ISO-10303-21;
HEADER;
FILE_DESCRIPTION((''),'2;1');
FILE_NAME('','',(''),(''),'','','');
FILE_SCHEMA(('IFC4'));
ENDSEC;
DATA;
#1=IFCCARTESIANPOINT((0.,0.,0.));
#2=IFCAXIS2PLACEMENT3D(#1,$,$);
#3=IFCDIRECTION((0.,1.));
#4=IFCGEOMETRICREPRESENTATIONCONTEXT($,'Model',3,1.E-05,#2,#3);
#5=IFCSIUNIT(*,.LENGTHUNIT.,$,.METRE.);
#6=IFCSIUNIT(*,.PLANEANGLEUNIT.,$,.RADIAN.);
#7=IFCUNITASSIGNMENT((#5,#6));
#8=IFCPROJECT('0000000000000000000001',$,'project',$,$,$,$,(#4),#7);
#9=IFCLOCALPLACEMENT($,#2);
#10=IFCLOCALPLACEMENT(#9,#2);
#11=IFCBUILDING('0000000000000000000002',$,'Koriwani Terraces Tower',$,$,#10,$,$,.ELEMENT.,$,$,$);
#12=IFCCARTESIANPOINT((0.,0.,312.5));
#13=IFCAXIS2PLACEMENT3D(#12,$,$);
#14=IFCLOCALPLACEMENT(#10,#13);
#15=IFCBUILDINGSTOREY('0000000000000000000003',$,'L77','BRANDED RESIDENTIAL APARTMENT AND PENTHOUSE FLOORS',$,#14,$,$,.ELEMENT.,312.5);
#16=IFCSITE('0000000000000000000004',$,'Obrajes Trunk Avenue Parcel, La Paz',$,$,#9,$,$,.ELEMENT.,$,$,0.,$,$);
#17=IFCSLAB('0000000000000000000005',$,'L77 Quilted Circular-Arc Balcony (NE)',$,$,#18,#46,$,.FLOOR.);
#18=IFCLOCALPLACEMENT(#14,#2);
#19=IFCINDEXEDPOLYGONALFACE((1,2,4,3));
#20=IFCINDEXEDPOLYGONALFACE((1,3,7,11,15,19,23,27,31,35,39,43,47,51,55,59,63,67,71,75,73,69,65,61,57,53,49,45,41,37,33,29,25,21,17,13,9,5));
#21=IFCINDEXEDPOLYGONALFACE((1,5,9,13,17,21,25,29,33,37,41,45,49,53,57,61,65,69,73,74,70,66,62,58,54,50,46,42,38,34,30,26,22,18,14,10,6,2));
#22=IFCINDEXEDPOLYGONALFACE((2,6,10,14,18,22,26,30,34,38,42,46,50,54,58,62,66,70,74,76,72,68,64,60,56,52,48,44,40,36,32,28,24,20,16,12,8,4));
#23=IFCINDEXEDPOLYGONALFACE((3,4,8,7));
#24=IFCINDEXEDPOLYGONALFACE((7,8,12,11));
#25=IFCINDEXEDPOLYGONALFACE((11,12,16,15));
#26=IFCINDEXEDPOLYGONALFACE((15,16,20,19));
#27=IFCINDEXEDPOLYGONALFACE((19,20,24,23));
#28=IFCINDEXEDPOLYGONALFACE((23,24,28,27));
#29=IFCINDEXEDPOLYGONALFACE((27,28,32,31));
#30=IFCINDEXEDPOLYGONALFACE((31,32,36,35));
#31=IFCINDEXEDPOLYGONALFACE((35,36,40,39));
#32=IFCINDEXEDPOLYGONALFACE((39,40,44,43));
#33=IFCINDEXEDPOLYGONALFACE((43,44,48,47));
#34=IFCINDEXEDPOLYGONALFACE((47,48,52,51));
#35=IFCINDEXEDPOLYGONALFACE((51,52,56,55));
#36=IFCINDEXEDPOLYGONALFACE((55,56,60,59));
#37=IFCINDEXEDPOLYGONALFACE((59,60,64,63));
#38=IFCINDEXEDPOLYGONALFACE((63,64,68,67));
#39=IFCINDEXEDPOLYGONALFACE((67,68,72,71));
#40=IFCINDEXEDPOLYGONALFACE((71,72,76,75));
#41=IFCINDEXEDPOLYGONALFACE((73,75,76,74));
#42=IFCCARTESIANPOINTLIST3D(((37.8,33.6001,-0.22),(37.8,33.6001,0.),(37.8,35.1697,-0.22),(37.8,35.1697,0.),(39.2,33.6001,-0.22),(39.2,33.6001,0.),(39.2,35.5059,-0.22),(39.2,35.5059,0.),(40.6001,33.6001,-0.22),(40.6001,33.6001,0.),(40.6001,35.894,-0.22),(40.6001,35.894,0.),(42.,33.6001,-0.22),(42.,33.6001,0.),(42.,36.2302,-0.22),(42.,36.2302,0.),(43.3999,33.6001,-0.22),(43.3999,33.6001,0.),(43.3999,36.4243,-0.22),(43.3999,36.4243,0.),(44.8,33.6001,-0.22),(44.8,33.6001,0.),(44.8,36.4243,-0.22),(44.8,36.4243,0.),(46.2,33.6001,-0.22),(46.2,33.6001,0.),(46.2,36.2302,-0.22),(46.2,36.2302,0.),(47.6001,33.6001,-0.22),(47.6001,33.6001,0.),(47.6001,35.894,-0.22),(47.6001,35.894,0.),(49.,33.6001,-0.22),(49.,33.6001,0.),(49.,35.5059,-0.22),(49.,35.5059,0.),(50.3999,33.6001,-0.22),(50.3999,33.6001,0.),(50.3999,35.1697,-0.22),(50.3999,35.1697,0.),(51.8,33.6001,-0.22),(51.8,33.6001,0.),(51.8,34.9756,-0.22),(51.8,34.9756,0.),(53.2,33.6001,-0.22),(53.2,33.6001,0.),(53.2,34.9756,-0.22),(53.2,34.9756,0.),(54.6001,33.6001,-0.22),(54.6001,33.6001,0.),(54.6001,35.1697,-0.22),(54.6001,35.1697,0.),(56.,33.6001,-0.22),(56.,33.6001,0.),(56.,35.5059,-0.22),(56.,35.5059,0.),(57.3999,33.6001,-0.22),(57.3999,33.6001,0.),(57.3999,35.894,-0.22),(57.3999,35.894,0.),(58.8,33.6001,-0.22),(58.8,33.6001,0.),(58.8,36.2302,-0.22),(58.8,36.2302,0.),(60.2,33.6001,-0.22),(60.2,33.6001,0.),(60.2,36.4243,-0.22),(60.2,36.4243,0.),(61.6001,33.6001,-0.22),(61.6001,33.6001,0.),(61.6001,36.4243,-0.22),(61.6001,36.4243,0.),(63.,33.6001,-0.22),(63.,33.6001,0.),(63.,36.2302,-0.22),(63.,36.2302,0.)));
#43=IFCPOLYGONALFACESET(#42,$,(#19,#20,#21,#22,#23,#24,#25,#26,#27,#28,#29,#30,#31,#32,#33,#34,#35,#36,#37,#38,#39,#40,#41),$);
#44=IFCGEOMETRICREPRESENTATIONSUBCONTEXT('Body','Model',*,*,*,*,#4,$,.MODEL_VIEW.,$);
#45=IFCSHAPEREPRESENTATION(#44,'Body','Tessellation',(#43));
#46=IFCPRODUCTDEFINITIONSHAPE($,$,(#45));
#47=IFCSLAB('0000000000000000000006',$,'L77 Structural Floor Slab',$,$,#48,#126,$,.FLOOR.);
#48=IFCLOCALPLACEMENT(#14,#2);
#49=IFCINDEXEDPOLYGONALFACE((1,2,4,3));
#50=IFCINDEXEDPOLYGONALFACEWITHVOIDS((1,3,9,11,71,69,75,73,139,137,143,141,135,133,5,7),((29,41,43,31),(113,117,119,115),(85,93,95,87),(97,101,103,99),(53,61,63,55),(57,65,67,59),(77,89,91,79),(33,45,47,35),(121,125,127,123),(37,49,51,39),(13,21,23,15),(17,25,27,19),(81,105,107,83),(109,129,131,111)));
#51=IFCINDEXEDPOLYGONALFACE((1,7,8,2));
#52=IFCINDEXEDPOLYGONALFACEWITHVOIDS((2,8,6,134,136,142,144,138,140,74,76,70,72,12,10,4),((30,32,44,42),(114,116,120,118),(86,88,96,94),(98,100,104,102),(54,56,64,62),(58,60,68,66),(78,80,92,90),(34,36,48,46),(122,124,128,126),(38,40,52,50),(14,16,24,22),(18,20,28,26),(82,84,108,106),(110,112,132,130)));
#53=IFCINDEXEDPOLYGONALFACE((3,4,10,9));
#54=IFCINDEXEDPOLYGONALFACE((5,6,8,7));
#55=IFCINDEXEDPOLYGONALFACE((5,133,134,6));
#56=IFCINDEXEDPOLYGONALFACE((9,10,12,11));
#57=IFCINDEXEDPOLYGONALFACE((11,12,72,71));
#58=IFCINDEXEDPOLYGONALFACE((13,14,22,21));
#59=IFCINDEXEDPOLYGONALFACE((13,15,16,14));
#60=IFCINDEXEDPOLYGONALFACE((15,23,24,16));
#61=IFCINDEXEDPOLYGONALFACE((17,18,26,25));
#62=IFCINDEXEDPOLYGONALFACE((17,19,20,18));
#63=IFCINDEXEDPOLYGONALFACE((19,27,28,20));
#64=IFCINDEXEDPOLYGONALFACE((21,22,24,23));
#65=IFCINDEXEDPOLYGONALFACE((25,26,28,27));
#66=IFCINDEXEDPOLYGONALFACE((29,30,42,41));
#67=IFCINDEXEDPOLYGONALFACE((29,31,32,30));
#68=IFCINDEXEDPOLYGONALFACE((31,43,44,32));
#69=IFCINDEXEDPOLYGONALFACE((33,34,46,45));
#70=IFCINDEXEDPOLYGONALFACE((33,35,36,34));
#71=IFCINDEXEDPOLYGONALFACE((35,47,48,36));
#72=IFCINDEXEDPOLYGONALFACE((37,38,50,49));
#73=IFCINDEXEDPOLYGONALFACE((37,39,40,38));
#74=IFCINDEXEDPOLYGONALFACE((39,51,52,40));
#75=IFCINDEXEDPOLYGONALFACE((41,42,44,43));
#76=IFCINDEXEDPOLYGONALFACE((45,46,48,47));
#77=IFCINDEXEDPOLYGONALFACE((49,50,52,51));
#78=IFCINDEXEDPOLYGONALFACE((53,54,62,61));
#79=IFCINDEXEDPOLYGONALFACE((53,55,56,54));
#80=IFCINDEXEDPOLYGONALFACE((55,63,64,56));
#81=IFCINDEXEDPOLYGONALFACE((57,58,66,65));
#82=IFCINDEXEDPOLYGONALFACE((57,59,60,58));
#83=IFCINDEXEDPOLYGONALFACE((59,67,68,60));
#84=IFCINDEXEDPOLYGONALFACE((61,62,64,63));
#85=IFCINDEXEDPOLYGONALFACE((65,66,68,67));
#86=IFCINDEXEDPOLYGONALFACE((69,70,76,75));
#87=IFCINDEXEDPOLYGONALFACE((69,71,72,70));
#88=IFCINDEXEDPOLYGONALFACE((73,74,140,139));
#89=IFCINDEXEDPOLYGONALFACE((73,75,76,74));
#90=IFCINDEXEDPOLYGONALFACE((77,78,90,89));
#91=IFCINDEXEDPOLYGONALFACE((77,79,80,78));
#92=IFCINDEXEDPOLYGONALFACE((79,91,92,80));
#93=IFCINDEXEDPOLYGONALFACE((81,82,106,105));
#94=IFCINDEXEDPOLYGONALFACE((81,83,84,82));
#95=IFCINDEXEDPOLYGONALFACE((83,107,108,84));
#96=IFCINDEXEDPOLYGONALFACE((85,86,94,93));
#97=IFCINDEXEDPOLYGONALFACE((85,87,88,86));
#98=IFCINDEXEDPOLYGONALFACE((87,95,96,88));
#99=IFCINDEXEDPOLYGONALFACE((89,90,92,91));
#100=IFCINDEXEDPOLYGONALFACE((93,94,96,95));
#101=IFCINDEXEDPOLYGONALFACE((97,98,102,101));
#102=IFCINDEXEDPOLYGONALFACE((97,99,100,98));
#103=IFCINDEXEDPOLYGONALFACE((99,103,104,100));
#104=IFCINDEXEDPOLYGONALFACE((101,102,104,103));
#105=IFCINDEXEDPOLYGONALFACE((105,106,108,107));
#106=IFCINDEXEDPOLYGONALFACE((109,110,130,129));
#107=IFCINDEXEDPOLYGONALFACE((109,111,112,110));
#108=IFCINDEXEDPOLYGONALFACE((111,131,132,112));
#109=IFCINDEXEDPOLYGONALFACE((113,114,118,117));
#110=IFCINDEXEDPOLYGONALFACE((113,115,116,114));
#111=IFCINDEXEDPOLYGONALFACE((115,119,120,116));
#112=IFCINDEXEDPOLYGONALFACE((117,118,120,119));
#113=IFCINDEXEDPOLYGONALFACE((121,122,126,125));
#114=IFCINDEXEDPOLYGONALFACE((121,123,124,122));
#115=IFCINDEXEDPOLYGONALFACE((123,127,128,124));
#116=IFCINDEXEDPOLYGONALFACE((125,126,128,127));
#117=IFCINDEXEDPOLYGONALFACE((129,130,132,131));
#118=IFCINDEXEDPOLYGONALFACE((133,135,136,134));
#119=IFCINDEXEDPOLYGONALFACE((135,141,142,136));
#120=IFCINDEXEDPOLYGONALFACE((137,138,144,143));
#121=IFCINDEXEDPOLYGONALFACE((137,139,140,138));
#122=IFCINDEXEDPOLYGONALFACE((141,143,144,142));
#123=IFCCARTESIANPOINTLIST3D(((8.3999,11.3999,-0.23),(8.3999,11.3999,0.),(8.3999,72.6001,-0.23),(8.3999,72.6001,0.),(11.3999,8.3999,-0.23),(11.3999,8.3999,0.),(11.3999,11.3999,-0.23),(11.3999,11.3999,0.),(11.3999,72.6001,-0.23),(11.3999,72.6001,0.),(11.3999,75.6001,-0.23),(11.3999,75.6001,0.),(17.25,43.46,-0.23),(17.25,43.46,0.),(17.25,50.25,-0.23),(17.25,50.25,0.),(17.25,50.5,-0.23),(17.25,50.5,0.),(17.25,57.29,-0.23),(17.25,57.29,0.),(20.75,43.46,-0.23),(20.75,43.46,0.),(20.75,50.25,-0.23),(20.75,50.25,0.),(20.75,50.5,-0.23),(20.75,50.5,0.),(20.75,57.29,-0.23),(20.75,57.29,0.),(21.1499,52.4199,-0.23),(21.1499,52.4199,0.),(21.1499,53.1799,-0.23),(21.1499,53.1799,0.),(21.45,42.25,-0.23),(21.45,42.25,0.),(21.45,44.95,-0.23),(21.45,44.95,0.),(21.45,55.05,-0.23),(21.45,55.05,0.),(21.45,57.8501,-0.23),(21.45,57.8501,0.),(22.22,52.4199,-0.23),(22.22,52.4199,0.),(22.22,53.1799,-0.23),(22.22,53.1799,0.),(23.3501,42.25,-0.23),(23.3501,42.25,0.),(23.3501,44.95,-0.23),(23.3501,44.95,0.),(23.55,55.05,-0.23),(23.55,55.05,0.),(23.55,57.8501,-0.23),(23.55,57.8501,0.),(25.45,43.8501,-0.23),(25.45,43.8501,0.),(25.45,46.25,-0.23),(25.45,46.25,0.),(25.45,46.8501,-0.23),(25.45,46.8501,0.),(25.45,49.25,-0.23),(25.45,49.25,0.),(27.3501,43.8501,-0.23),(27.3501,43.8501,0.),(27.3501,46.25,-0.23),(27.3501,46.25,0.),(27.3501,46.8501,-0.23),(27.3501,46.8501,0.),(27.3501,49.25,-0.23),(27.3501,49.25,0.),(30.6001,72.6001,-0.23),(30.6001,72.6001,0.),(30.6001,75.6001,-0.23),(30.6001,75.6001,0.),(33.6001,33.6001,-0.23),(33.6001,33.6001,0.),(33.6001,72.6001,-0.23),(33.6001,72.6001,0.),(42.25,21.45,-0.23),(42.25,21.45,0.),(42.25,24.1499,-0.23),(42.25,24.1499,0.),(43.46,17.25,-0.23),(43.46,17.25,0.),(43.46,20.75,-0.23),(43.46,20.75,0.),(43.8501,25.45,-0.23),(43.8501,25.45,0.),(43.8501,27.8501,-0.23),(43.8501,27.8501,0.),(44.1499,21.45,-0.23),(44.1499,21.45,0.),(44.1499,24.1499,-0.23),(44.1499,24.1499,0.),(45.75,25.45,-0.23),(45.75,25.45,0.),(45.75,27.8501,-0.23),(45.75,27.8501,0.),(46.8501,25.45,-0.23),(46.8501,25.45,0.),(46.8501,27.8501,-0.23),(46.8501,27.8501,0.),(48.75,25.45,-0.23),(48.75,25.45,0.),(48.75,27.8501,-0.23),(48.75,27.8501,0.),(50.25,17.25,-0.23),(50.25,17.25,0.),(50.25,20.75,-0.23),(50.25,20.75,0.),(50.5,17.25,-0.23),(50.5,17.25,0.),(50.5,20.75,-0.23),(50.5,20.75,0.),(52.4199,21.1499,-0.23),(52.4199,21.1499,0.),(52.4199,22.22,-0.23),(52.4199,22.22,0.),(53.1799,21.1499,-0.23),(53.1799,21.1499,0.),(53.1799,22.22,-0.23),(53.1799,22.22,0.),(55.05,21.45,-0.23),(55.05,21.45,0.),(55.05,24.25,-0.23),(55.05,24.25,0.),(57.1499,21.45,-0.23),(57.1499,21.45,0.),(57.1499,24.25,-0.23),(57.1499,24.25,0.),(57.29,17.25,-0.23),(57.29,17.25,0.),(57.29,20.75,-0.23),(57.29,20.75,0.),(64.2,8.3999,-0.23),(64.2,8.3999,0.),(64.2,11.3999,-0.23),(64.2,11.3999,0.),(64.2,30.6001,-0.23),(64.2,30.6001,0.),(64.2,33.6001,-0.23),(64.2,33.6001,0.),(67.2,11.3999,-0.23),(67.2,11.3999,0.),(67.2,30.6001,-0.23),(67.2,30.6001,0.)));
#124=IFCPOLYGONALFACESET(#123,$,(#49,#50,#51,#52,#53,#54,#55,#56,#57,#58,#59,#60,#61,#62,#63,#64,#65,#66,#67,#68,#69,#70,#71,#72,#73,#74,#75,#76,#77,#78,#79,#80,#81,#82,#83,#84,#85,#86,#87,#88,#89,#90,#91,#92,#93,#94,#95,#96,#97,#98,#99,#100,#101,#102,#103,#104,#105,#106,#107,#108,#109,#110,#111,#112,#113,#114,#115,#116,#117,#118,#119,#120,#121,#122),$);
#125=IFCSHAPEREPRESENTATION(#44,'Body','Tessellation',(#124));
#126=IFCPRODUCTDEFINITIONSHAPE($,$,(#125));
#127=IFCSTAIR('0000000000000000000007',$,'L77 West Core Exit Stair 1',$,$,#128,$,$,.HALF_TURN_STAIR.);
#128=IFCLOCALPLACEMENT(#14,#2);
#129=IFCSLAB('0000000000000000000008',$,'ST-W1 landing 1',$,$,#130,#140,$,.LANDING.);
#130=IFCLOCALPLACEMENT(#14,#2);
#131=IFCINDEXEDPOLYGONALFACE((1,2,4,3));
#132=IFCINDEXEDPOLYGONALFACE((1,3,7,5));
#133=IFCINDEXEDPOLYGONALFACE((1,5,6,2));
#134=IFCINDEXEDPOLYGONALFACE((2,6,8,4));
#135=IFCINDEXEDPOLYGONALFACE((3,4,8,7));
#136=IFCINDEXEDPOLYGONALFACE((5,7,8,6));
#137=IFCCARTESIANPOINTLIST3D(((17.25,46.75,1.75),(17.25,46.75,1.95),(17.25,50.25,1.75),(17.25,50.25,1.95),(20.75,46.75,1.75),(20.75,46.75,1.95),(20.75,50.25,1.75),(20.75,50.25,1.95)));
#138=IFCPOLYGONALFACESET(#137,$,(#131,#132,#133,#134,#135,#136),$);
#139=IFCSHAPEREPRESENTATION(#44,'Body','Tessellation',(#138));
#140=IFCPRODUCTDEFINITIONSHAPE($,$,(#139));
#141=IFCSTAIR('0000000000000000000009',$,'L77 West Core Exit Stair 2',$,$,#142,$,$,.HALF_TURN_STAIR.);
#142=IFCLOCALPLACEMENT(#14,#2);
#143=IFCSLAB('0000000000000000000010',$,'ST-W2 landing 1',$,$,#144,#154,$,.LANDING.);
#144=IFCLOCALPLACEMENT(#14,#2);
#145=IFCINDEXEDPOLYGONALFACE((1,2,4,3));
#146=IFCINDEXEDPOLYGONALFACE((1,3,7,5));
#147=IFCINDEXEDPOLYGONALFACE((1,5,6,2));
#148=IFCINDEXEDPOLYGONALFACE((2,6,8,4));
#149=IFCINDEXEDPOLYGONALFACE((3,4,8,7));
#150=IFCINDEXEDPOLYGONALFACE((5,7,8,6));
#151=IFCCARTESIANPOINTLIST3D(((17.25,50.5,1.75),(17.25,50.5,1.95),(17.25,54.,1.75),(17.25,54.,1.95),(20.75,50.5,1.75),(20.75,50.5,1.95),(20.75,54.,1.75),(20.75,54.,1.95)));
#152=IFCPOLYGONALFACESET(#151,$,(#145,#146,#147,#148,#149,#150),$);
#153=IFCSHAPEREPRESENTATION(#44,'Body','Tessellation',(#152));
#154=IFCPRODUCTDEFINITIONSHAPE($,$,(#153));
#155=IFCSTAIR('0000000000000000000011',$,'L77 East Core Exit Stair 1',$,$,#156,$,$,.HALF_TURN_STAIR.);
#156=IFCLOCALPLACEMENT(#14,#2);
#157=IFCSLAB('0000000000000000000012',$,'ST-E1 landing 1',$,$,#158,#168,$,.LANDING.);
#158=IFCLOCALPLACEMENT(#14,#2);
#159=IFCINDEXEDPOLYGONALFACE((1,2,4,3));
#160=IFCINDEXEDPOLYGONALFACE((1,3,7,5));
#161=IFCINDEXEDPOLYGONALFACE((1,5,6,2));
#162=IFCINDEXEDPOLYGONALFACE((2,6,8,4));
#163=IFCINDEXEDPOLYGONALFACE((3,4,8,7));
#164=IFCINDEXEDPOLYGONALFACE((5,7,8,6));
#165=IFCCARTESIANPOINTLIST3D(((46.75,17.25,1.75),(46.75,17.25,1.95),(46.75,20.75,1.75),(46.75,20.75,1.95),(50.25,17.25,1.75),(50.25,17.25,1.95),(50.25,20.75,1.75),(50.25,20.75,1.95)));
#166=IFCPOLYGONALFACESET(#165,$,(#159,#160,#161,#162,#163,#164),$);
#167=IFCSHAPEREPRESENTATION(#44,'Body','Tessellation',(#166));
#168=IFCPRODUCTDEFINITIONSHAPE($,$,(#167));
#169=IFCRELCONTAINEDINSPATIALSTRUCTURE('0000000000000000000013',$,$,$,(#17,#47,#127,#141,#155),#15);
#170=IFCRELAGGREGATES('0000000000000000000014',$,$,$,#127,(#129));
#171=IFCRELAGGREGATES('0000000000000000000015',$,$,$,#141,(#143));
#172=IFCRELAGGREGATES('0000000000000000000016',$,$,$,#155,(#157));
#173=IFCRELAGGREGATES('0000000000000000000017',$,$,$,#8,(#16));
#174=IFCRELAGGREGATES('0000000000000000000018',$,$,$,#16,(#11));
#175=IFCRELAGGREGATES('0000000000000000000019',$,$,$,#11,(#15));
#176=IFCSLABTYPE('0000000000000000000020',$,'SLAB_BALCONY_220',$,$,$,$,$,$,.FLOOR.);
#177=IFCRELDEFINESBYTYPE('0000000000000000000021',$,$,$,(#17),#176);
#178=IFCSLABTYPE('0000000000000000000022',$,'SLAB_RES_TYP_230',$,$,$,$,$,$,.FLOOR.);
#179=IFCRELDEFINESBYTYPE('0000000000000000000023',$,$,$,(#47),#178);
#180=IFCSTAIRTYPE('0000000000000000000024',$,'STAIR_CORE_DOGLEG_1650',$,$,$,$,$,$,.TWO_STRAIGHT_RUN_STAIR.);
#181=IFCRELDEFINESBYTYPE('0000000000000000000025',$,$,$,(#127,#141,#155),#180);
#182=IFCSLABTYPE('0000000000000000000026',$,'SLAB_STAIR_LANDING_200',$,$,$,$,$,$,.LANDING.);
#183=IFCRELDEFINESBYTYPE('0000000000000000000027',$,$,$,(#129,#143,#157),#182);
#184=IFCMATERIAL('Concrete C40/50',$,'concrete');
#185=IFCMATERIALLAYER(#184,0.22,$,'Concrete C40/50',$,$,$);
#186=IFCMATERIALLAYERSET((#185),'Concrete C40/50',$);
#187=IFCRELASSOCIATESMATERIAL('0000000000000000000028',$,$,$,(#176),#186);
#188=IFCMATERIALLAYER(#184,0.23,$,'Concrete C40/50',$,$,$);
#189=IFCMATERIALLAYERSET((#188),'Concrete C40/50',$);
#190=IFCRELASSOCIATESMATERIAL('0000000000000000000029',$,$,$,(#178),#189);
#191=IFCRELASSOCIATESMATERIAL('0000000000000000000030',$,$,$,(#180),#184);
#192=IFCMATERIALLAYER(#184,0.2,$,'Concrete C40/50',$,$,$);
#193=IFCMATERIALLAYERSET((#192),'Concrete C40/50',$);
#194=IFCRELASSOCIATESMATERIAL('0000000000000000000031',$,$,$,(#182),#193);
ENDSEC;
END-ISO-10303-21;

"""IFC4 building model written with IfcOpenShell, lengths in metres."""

from ifc_helpers import new_model, si_unit, direction, frame, origin, place, context, subcontext, project, spatial, polyline, outline, extrude, material, layer, layer_set, type_object, element, aggregate, save


model = new_model("IFC4")

# Units and contexts
model_context = context("Model", 3, precision=1e-05, world=origin(), true_north=direction((0.0, 1.0)))
body_context = subcontext(model_context, "Body", "Model", "MODEL_VIEW")
ifc_project = project(units=[si_unit("LENGTHUNIT", "METRE"), si_unit("PLANEANGLEUNIT", "RADIAN")], contexts=[model_context])

# Site, building, storey
site_placement = place(None, origin())
site = spatial("IfcSite", under=ifc_project, at=site_placement, Name="Obrajes Trunk Avenue Parcel, La Paz", CompositionType="ELEMENT", RefElevation=0.0)
building_placement = place(site_placement, origin())
building = spatial("IfcBuilding", under=site, at=building_placement, Name="Koriwani Terraces Tower", CompositionType="ELEMENT")
storey_placement = place(building_placement, frame((0.0, 0.0, 312.5)))
storey = spatial("IfcBuildingStorey", under=building, at=storey_placement, Name="L77", Description="BRANDED RESIDENTIAL APARTMENT AND PENTHOUSE FLOORS", CompositionType="ELEMENT", Elevation=312.5)

# Shared definitions
ifc_material_1 = material(Name="Concrete C40/50", Category="concrete")

# Slabs
ifc_layer_1 = layer(ifc_material_1, 0.22, Name="Concrete C40/50")
ifc_layer_set_1 = layer_set([ifc_layer_1], Name="Concrete C40/50")
slab_type_1 = type_object("IfcSlabType", Name="SLAB_BALCONY_220", PredefinedType="FLOOR", material=ifc_layer_set_1)
slab_1_placement = place(storey_placement, frame((0.0, 0.0, -0.22)))
element("IfcSlab", 1, at=slab_1_placement, inside=storey, type_object=slab_type_1, Name="L77 Quilted Circular-Arc Balcony (NE)", PredefinedType="FLOOR", context=body_context, shape_type="SweptSolid", body=[
    extrude(outline(polyline([(63.0, 33.6001), (61.6001, 33.6001), (60.2, 33.6001), (58.8, 33.6001), (57.3999, 33.6001), (56.0, 33.6001), (54.6001, 33.6001), (53.2, 33.6001), (51.8, 33.6001), (50.3999, 33.6001), (49.0, 33.6001), (47.6001, 33.6001), (46.2, 33.6001), (44.8, 33.6001), (43.3999, 33.6001), (42.0, 33.6001), (40.6001, 33.6001), (39.2, 33.6001), (37.8, 33.6001), (37.8, 35.1697), (39.2, 35.5059), (40.6001, 35.894), (42.0, 36.2302), (43.3999, 36.4243), (44.8, 36.4243), (46.2, 36.2302), (47.6001, 35.894), (49.0, 35.5059), (50.3999, 35.1697), (51.8, 34.9756), (53.2, 34.9756), (54.6001, 35.1697), (56.0, 35.5059), (57.3999, 35.894), (58.8, 36.2302), (60.2, 36.4243), (61.6001, 36.4243), (63.0, 36.2302), (63.0, 33.6001)])), origin(), (0.0, 0.0, 1.0), 0.22),
])
ifc_layer_2 = layer(ifc_material_1, 0.23, Name="Concrete C40/50")
ifc_layer_set_2 = layer_set([ifc_layer_2], Name="Concrete C40/50")
slab_type_2 = type_object("IfcSlabType", Name="SLAB_RES_TYP_230", PredefinedType="FLOOR", material=ifc_layer_set_2)
slab_2_placement = place(storey_placement, frame((0.0, 0.0, -0.23)))
element("IfcSlab", 2, at=slab_2_placement, inside=storey, type_object=slab_type_2, Name="L77 Structural Floor Slab", PredefinedType="FLOOR", context=body_context, shape_type="SweptSolid", body=[
    extrude(outline(polyline([(11.3999, 8.3999), (64.2, 8.3999), (64.2, 11.3999), (67.2, 11.3999), (67.2, 30.6001), (64.2, 30.6001), (64.2, 33.6001), (33.6001, 33.6001), (33.6001, 72.6001), (30.6001, 72.6001), (30.6001, 75.6001), (11.3999, 75.6001), (11.3999, 72.6001), (8.3999, 72.6001), (8.3999, 11.3999), (11.3999, 11.3999), (11.3999, 8.3999)]), holes=[polyline([(17.25, 43.46), (20.75, 43.46), (20.75, 50.25), (17.25, 50.25), (17.25, 43.46)]), polyline([(17.25, 50.5), (20.75, 50.5), (20.75, 57.29), (17.25, 57.29), (17.25, 50.5)]), polyline([(43.46, 17.25), (50.25, 17.25), (50.25, 20.75), (43.46, 20.75), (43.46, 17.25)]), polyline([(50.5, 17.25), (57.29, 17.25), (57.29, 20.75), (50.5, 20.75), (50.5, 17.25)]), polyline([(25.45, 43.8501), (27.3501, 43.8501), (27.3501, 46.25), (25.45, 46.25), (25.45, 43.8501)]), polyline([(25.45, 46.8501), (27.3501, 46.8501), (27.3501, 49.25), (25.45, 49.25), (25.45, 46.8501)]), polyline([(43.8501, 25.45), (45.75, 25.45), (45.75, 27.8501), (43.8501, 27.8501), (43.8501, 25.45)]), polyline([(46.8501, 25.45), (48.75, 25.45), (48.75, 27.8501), (46.8501, 27.8501), (46.8501, 25.45)]), polyline([(21.45, 55.05), (23.55, 55.05), (23.55, 57.8501), (21.45, 57.8501), (21.45, 55.05)]), polyline([(55.05, 21.45), (57.1499, 21.45), (57.1499, 24.25), (55.05, 24.25), (55.05, 21.45)]), polyline([(21.45, 42.25), (23.3501, 42.25), (23.3501, 44.95), (21.45, 44.95), (21.45, 42.25)]), polyline([(42.25, 21.45), (44.1499, 21.45), (44.1499, 24.1499), (42.25, 24.1499), (42.25, 21.45)]), polyline([(21.1499, 52.4199), (22.22, 52.4199), (22.22, 53.1799), (21.1499, 53.1799), (21.1499, 52.4199)]), polyline([(52.4199, 21.1499), (53.1799, 21.1499), (53.1799, 22.22), (52.4199, 22.22), (52.4199, 21.1499)])]), origin(), (0.0, 0.0, 1.0), 0.23),
])

# Stairs, slabs
stair_type = type_object("IfcStairType", Name="STAIR_CORE_DOGLEG_1650", PredefinedType="TWO_STRAIGHT_RUN_STAIR", material=ifc_material_1)
stair_1_placement = place(storey_placement, origin())
stair_1 = element("IfcStair", 3, at=stair_1_placement, inside=storey, type_object=stair_type, Name="L77 West Core Exit Stair 1", PredefinedType="HALF_TURN_STAIR")
ifc_layer_3 = layer(ifc_material_1, 0.2, Name="Concrete C40/50")
ifc_layer_set_3 = layer_set([ifc_layer_3], Name="Concrete C40/50")
slab_type_3 = type_object("IfcSlabType", Name="SLAB_STAIR_LANDING_200", PredefinedType="LANDING", material=ifc_layer_set_3)
slab_3_placement = place(storey_placement, frame((0.0, 0.0, 1.75)))
slab_3 = element("IfcSlab", 4, at=slab_3_placement, type_object=slab_type_3, Name="ST-W1 landing 1", PredefinedType="LANDING", context=body_context, shape_type="SweptSolid", body=[
    extrude(outline(polyline([(20.75, 46.75), (20.75, 50.25), (17.25, 50.25), (17.25, 46.75), (20.75, 46.75)])), origin(), (0.0, 0.0, 1.0), 0.2),
])
aggregate(stair_1, [slab_3])
stair_2_placement = place(storey_placement, origin())
stair_2 = element("IfcStair", 5, at=stair_2_placement, inside=storey, type_object=stair_type, Name="L77 West Core Exit Stair 2", PredefinedType="HALF_TURN_STAIR")
slab_4_placement = place(storey_placement, frame((0.0, 0.0, 1.75)))
slab_4 = element("IfcSlab", 6, at=slab_4_placement, type_object=slab_type_3, Name="ST-W2 landing 1", PredefinedType="LANDING", context=body_context, shape_type="SweptSolid", body=[
    extrude(outline(polyline([(17.25, 54.0), (17.25, 50.5), (20.75, 50.5), (20.75, 54.0), (17.25, 54.0)])), origin(), (0.0, 0.0, 1.0), 0.2),
])
aggregate(stair_2, [slab_4])
stair_3_placement = place(storey_placement, origin())
stair_3 = element("IfcStair", 7, at=stair_3_placement, inside=storey, type_object=stair_type, Name="L77 East Core Exit Stair 1", PredefinedType="HALF_TURN_STAIR")
slab_5_placement = place(storey_placement, frame((0.0, 0.0, 1.75)))
slab_5 = element("IfcSlab", 8, at=slab_5_placement, type_object=slab_type_3, Name="ST-E1 landing 1", PredefinedType="LANDING", context=body_context, shape_type="SweptSolid", body=[
    extrude(outline(polyline([(46.75, 17.25), (50.25, 17.25), (50.25, 20.75), (46.75, 20.75), (46.75, 17.25)])), origin(), (0.0, 0.0, 1.0), 0.2),
])
aggregate(stair_3, [slab_5])

save(model, "model.ifc")
